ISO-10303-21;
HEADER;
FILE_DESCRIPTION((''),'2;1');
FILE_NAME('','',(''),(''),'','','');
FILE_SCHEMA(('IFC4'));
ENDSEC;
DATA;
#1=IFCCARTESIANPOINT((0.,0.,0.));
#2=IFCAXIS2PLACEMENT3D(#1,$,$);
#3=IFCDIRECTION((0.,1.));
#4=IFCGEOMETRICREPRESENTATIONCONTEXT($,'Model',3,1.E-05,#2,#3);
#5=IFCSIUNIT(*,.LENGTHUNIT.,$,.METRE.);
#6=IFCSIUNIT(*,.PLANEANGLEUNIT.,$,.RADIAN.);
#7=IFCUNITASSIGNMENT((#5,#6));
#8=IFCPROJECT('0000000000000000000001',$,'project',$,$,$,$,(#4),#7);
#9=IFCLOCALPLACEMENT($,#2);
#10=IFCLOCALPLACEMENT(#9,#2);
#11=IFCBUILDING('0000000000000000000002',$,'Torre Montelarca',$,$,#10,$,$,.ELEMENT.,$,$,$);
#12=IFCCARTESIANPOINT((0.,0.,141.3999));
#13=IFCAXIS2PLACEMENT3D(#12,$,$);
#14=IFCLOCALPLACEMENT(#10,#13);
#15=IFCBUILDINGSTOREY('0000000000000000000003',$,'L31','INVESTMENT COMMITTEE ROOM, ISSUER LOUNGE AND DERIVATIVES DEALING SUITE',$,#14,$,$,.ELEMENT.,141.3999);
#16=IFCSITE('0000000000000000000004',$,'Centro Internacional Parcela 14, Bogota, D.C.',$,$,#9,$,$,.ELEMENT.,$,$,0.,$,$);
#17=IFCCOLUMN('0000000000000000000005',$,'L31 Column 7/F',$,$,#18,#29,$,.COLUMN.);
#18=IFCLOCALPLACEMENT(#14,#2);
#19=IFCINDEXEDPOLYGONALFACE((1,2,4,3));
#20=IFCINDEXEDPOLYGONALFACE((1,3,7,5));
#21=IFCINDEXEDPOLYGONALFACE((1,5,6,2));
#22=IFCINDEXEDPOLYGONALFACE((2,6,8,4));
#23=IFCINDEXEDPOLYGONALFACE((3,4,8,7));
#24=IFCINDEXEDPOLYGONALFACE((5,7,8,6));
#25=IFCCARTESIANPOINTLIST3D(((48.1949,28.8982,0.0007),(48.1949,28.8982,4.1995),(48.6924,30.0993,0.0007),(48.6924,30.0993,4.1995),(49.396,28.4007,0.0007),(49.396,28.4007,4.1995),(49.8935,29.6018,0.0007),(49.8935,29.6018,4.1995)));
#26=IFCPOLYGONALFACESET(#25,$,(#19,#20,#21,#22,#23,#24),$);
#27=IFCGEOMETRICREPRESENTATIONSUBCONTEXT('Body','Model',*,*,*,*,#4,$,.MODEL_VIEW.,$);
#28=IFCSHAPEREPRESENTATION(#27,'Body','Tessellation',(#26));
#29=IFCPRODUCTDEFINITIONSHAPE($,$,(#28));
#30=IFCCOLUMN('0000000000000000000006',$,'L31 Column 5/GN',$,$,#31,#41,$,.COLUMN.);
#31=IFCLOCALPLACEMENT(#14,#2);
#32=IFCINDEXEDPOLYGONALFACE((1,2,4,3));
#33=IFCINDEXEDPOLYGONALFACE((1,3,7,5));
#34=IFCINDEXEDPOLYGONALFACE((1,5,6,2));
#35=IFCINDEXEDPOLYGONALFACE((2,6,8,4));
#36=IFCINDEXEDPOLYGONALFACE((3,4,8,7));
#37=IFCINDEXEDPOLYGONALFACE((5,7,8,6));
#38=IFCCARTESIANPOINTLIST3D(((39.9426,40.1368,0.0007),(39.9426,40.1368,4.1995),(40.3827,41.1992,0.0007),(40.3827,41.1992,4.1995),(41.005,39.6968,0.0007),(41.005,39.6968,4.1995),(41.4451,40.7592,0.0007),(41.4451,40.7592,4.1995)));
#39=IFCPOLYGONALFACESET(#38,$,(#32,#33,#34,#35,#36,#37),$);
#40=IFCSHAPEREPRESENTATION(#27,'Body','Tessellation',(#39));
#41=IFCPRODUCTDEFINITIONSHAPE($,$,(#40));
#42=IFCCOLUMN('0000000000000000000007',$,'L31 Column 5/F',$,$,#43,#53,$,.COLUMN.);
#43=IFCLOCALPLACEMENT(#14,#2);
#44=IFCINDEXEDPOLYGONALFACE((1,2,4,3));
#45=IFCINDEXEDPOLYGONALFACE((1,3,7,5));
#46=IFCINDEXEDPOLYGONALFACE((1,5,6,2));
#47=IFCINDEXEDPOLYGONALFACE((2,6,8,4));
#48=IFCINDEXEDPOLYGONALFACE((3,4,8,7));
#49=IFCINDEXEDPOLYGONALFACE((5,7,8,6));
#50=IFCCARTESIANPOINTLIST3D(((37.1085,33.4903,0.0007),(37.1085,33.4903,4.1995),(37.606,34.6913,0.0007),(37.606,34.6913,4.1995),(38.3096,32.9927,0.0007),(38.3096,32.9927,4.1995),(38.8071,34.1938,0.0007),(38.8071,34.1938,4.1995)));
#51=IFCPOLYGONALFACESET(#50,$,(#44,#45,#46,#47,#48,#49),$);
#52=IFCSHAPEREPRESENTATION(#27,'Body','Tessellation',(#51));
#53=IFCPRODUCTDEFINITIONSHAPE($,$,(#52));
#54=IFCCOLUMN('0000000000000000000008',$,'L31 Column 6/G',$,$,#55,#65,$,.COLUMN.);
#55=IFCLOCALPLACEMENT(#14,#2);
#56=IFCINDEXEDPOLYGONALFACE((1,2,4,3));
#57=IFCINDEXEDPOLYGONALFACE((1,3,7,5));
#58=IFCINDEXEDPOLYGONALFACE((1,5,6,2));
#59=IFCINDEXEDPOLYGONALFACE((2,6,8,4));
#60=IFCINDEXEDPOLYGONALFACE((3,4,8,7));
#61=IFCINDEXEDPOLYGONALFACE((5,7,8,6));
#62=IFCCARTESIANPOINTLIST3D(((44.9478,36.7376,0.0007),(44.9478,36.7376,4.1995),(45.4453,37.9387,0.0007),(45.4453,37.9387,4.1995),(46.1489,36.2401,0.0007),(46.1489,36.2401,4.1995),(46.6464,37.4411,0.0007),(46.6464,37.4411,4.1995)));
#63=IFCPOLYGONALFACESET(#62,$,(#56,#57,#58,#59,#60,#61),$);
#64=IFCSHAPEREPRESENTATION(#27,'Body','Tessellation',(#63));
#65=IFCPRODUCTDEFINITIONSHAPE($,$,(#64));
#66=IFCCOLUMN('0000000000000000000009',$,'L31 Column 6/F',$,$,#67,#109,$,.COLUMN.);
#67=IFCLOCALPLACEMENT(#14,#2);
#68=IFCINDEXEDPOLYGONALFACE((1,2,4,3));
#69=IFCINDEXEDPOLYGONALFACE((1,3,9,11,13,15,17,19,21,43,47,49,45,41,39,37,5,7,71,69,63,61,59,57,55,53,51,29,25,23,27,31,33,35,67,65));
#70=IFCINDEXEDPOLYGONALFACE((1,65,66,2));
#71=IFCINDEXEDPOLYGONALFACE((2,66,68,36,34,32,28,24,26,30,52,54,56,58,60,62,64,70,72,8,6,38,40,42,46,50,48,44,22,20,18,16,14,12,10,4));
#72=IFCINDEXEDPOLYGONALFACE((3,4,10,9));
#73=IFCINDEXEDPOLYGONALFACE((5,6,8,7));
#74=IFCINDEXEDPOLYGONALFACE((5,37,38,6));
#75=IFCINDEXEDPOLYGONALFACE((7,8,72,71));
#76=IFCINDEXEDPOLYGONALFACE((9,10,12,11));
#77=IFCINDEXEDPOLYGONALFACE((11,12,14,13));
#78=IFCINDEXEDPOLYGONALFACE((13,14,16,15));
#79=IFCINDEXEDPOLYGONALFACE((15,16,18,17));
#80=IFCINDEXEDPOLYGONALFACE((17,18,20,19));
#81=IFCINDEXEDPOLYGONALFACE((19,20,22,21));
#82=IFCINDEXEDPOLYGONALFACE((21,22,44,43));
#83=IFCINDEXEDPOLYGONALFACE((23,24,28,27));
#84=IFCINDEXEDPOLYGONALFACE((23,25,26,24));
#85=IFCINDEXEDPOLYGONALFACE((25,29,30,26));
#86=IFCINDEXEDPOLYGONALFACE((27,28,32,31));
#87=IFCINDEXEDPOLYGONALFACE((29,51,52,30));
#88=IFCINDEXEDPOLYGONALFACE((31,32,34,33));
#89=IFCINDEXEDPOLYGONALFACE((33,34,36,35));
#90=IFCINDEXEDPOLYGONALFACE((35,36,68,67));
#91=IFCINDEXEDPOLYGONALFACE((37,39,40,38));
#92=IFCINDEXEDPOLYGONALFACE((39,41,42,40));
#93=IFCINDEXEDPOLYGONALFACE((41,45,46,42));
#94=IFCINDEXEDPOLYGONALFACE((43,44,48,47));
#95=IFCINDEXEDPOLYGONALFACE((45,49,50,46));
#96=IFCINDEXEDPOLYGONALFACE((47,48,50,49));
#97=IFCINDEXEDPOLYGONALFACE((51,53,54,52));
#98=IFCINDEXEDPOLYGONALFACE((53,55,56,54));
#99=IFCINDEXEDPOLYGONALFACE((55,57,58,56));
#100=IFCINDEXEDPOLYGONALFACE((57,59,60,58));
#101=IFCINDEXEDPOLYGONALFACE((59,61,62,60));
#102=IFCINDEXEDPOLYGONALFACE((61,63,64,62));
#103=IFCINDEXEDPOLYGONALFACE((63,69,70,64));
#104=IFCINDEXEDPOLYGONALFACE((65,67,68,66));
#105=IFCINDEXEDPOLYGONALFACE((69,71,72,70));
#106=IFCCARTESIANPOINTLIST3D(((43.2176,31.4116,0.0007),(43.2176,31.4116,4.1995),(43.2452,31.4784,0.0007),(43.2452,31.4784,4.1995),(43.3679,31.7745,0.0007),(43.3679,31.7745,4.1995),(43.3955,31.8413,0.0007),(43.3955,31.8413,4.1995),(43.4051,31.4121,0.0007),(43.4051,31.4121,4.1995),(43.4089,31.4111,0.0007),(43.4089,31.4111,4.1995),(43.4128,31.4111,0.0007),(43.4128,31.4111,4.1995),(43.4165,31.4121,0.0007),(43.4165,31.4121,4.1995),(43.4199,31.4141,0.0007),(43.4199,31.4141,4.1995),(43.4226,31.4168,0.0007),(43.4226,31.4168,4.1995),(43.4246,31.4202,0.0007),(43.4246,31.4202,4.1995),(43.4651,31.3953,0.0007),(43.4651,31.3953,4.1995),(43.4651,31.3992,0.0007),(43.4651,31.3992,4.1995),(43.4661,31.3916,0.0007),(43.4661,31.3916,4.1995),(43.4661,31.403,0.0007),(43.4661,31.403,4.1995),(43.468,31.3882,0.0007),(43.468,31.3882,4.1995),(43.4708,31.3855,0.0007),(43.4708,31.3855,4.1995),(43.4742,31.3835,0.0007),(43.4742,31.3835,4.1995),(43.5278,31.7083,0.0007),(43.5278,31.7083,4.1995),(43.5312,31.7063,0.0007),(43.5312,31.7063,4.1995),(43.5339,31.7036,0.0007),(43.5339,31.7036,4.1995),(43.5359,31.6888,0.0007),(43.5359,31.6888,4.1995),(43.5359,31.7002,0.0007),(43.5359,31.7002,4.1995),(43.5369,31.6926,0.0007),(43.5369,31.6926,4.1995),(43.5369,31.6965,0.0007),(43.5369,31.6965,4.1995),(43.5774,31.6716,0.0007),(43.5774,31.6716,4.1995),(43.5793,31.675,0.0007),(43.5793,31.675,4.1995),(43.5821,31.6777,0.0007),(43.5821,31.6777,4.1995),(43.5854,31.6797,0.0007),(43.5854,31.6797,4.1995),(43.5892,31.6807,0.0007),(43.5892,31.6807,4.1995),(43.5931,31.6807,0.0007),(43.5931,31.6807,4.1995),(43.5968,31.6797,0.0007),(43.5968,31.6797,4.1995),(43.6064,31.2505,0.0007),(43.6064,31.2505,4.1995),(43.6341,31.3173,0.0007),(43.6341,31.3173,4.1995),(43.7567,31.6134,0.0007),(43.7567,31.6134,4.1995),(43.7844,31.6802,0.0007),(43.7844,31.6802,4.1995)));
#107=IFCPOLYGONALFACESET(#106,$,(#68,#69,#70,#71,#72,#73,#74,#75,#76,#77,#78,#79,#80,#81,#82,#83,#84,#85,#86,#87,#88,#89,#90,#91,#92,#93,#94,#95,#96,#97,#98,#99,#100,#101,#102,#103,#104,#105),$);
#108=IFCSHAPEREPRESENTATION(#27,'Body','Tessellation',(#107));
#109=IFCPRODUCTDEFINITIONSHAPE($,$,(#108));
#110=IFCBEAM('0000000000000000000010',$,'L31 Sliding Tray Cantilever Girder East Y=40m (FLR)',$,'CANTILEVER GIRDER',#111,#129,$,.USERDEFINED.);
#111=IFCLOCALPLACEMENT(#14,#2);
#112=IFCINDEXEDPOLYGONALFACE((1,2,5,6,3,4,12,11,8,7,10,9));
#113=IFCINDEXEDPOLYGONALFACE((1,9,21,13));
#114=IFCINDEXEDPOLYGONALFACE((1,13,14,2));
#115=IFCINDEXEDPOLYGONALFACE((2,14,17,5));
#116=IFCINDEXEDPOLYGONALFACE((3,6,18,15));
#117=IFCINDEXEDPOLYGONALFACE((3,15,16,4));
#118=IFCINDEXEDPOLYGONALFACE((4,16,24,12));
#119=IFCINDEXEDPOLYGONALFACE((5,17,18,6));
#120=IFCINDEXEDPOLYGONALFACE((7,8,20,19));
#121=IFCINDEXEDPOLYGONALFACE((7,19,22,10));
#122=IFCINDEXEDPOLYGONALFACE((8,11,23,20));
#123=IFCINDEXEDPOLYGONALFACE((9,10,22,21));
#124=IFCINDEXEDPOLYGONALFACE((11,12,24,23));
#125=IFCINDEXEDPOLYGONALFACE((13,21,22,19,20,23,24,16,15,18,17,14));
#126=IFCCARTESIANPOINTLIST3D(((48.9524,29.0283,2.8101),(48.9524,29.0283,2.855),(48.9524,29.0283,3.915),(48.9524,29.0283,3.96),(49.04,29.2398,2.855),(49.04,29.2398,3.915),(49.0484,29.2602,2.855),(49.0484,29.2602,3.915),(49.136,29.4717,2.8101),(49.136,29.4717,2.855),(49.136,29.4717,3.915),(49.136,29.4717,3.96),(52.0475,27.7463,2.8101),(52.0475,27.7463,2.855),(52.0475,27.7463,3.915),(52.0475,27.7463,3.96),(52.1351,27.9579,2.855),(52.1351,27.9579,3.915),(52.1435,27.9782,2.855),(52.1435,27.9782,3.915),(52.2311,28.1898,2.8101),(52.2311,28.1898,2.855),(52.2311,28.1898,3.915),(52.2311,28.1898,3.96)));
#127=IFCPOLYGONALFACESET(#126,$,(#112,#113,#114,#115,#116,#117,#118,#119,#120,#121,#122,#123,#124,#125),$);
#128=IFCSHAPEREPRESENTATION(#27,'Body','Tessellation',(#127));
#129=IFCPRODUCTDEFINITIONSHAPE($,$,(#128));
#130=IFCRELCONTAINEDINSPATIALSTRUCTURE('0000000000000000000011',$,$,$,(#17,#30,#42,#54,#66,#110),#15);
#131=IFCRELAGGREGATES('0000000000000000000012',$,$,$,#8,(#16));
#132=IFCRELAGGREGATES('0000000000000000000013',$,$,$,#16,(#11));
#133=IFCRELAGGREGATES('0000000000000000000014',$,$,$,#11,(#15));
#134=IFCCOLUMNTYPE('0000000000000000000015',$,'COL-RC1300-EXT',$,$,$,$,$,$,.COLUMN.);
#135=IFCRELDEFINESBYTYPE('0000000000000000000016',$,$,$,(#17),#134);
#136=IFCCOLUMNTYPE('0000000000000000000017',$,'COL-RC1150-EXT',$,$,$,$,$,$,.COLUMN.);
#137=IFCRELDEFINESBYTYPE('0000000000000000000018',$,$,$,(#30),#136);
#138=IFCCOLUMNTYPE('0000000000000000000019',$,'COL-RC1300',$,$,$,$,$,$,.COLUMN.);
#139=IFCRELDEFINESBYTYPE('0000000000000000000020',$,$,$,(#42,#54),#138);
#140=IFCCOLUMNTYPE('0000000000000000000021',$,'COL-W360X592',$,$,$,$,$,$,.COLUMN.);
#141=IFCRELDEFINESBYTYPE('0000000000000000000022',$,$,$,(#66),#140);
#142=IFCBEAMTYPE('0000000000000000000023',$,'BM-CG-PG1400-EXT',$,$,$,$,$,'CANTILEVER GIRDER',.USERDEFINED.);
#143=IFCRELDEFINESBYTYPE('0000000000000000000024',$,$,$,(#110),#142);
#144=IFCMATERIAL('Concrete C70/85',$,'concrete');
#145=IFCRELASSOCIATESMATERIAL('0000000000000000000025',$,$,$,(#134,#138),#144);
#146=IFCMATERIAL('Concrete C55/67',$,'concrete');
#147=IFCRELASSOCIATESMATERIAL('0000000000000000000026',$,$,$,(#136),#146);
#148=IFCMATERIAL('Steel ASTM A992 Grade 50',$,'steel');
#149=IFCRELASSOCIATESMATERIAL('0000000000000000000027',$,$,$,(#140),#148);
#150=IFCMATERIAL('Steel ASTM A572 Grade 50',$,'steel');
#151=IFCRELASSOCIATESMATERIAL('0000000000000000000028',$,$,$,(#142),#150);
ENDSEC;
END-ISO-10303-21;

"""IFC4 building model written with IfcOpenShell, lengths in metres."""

from ifc_helpers import new_model, si_unit, direction, frame, origin, origin_2d, place, context, subcontext, project, spatial, rectangle, i_section, extrude, source, transform, mapped, material, material_profile, profile_set, type_object, element, save


model = new_model("IFC4")

# Units and contexts
model_context = context("Model", 3, precision=1e-05, world=origin(), true_north=direction((0.0, 1.0)))
body_context = subcontext(model_context, "Body", "Model", "MODEL_VIEW")
ifc_project = project(units=[si_unit("LENGTHUNIT", "METRE"), si_unit("PLANEANGLEUNIT", "RADIAN")], contexts=[model_context])

# Site, building, storey
site_placement = place(None, origin())
site = spatial("IfcSite", under=ifc_project, at=site_placement, Name="Centro Internacional Parcela 14, Bogota, D.C.", CompositionType="ELEMENT", RefElevation=0.0)
building_placement = place(site_placement, origin())
building = spatial("IfcBuilding", under=site, at=building_placement, Name="Torre Montelarca", CompositionType="ELEMENT")
storey_placement = place(building_placement, frame((0.0, 0.0, 141.3999)))
storey = spatial("IfcBuildingStorey", under=building, at=storey_placement, Name="L31", Description="INVESTMENT COMMITTEE ROOM, ISSUER LOUNGE AND DERIVATIVES DEALING SUITE", CompositionType="ELEMENT", Elevation=141.3999)

# Columns
ifc_material_1 = material(Name="Concrete C70/85", Category="concrete")
ifc_material_profile_1 = material_profile(ifc_material_1, rectangle(XDim=1.3, YDim=1.3, at=origin_2d()), Name="RC1300X1300", Category="concrete")
ifc_profile_set_1 = profile_set([ifc_material_profile_1], Name="Concrete C70/85")
column_type_1 = type_object("IfcColumnType", Name="COL-RC1300-EXT", PredefinedType="COLUMN", material=ifc_profile_set_1)
shared_shape_1 = source(origin(), body_context, "Body", "SweptSolid", [
    extrude(rectangle(XDim=1.3, YDim=1.3, at=origin_2d()), origin(), (0.0, 0.0, 1.0), 4.1987),
])
column_1_placement = place(storey_placement, frame((49.0442, 29.25, 0.0007), z_axis=(0.0, 0.0, 1.0), x_axis=(-0.92388, 0.382683, 0.0)))
element("IfcColumn", 1, at=column_1_placement, inside=storey, type_object=column_type_1, Name="L31 Column 7/F", PredefinedType="COLUMN", context=body_context, shape_type="MappedRepresentation", body=[
    mapped(shared_shape_1, transform((0.0, 0.0, 0.0), scale=1.0)),
])
ifc_material_2 = material(Name="Concrete C55/67", Category="concrete")
ifc_material_profile_2 = material_profile(ifc_material_2, rectangle(XDim=1.1499, YDim=1.1499, at=origin_2d()), Name="RC1150X1150", Category="concrete")
ifc_profile_set_2 = profile_set([ifc_material_profile_2], Name="Concrete C55/67")
column_type_2 = type_object("IfcColumnType", Name="COL-RC1150-EXT", PredefinedType="COLUMN", material=ifc_profile_set_2)
shared_shape_2 = source(origin(), body_context, "Body", "SweptSolid", [
    extrude(rectangle(XDim=1.1499, YDim=1.1499, at=origin_2d()), origin(), (0.0, 0.0, 1.0), 4.1987),
])
column_2_placement = place(storey_placement, frame((40.6938, 40.448, 0.0007), z_axis=(0.0, 0.0, 1.0), x_axis=(-0.92388, 0.382683, 0.0)))
element("IfcColumn", 2, at=column_2_placement, inside=storey, type_object=column_type_2, Name="L31 Column 5/GN", PredefinedType="COLUMN", context=body_context, shape_type="MappedRepresentation", body=[
    mapped(shared_shape_2, transform((0.0, 0.0, 0.0), scale=1.0)),
])
ifc_material_profile_3 = material_profile(ifc_material_1, rectangle(XDim=1.3, YDim=1.3, at=origin_2d()), Name="RC1300X1300", Category="concrete")
ifc_profile_set_3 = profile_set([ifc_material_profile_3], Name="Concrete C70/85")
column_type_3 = type_object("IfcColumnType", Name="COL-RC1300", PredefinedType="COLUMN", material=ifc_profile_set_3)
shared_shape_3 = source(origin(), body_context, "Body", "SweptSolid", [
    extrude(rectangle(XDim=1.3, YDim=1.3, at=origin_2d()), origin(), (0.0, 0.0, 1.0), 4.1987),
])
for number, where, z_axis, x_axis, name in (
    (3, (37.9578, 33.842, 0.0007), (0.0, 0.0, 1.0), (-0.92388, 0.382683, 0.0), "L31 Column 5/F"),
    (4, (45.7971, 37.0894, 0.0007), (0.0, 0.0, 1.0), (-0.92388, 0.382683, 0.0), "L31 Column 6/G"),
):
    element("IfcColumn", number, at=place(storey_placement, frame(where, z_axis=z_axis, x_axis=x_axis)), inside=storey, type_object=column_type_3, Name=name, PredefinedType="COLUMN", context=body_context, shape_type="MappedRepresentation", body=[
        mapped(shared_shape_3, transform((0.0, 0.0, 0.0), scale=1.0)),
    ])
ifc_material_3 = material(Name="Steel ASTM A992 Grade 50", Category="steel")
ifc_material_profile_4 = material_profile(ifc_material_3, i_section(OverallWidth=0.4209, OverallDepth=0.4651, WebThickness=0.0449, FlangeThickness=0.0723, FilletRadius=0.0149, at=origin_2d()), Name="W360X592", Category="steel")
ifc_profile_set_4 = profile_set([ifc_material_profile_4], Name="Steel ASTM A992 Grade 50")
column_type_4 = type_object("IfcColumnType", Name="COL-W360X592", PredefinedType="COLUMN", material=ifc_profile_set_4)
shared_shape_4 = source(origin(), body_context, "Body", "SweptSolid", [
    extrude(i_section(OverallWidth=0.4209, OverallDepth=0.4651, WebThickness=0.0449, FlangeThickness=0.0723, FilletRadius=0.0149, at=origin_2d()), origin(), (0.0, 0.0, 1.0), 4.1987),
])
column_3_placement = place(storey_placement, frame((43.501, 31.5459, 0.0007), z_axis=(0.0, 0.0, 1.0), x_axis=(-0.92388, 0.382683, 0.0)))
element("IfcColumn", 5, at=column_3_placement, inside=storey, type_object=column_type_4, Name="L31 Column 6/F", PredefinedType="COLUMN", context=body_context, shape_type="MappedRepresentation", body=[
    mapped(shared_shape_4, transform((0.0, 0.0, 0.0), scale=1.0)),
])

# Beam
ifc_material_4 = material(Name="Steel ASTM A572 Grade 50", Category="steel")
ifc_material_profile_5 = material_profile(ifc_material_4, i_section(OverallWidth=0.48, OverallDepth=1.1499, WebThickness=0.022, FlangeThickness=0.0449, at=origin_2d()), Name="PG1150X480X22X45", Category="steel")
ifc_profile_set_5 = profile_set([ifc_material_profile_5], Name="Steel ASTM A572 Grade 50")
beam_type = type_object("IfcBeamType", Name="BM-CG-PG1400-EXT", ElementType="CANTILEVER GIRDER", PredefinedType="USERDEFINED", material=ifc_profile_set_5)
shared_shape_5 = source(origin(), body_context, "Body", "SweptSolid", [
    extrude(i_section(OverallWidth=0.48, OverallDepth=1.1499, WebThickness=0.022, FlangeThickness=0.0449, at=origin_2d()), origin(), (0.0, 0.0, 1.0), 3.3501),
])
beam_placement = place(storey_placement, frame((49.0442, 29.25, 3.385), z_axis=(0.92389, -0.382659, 0.0), x_axis=(0.382659, 0.92389, 0.0)))
element("IfcBeam", 6, at=beam_placement, inside=storey, type_object=beam_type, Name="L31 Sliding Tray Cantilever Girder East Y=40m (FLR)", ObjectType="CANTILEVER GIRDER", PredefinedType="USERDEFINED", context=body_context, shape_type="MappedRepresentation", body=[
    mapped(shared_shape_5, transform((0.0, 0.0, 0.0), scale=1.0)),
])

save(model, "model.ifc")
